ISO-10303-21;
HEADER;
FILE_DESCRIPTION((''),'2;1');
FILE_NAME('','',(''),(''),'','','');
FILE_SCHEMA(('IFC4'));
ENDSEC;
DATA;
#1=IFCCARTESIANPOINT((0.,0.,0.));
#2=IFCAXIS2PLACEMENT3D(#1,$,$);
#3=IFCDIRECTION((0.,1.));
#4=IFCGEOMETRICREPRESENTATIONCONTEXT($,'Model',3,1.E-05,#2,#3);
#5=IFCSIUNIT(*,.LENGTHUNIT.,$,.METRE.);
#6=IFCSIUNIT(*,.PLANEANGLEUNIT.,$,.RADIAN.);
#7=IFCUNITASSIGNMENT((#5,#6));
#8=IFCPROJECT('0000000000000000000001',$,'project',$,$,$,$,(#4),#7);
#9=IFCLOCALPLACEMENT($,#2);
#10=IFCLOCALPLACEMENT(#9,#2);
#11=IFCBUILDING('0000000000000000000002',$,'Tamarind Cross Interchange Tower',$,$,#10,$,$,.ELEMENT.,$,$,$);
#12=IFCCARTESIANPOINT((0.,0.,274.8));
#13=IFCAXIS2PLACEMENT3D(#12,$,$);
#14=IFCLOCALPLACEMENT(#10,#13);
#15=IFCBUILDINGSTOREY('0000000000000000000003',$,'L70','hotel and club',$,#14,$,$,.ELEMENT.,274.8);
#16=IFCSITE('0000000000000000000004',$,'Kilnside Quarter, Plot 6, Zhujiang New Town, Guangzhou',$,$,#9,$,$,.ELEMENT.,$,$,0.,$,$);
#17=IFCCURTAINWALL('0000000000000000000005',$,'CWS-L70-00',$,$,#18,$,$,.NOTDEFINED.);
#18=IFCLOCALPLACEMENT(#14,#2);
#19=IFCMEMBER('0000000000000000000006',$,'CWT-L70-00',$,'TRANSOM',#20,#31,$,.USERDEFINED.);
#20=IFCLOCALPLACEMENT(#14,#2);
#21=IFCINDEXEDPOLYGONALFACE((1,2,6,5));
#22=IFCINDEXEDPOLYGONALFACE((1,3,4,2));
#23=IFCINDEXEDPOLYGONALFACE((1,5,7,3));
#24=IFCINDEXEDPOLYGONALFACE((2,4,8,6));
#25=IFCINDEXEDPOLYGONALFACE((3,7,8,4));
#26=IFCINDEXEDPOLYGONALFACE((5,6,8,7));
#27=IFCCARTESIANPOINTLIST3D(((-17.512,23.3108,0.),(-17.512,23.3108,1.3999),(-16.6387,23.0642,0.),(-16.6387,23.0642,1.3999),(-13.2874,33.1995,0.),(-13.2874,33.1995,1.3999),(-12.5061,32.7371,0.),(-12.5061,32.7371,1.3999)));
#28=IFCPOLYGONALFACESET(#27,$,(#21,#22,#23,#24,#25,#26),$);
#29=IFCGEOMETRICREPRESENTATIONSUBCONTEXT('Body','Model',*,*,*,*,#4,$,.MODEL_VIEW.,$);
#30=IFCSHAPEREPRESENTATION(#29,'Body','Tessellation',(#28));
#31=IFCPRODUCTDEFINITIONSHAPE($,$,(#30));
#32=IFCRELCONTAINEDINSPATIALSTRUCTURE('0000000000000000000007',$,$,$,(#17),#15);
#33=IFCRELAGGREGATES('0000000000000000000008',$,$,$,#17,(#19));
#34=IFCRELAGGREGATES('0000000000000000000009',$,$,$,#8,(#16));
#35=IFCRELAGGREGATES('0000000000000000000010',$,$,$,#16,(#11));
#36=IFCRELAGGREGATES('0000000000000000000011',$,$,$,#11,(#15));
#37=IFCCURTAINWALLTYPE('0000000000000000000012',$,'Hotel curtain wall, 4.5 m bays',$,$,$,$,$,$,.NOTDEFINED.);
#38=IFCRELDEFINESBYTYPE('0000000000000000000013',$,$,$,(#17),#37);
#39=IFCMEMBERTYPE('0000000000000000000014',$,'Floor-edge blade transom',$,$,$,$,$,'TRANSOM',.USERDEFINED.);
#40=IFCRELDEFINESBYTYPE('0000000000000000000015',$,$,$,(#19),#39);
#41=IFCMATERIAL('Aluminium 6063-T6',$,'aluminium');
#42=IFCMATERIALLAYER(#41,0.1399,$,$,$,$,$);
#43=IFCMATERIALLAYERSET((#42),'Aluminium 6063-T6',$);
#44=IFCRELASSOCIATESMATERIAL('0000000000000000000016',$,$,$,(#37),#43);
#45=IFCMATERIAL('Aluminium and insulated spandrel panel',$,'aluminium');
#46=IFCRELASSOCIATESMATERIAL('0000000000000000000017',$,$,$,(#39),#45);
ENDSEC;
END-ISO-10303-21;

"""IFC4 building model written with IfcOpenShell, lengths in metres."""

from ifc_helpers import new_model, si_unit, direction, frame, origin, place, context, subcontext, project, spatial, polyline, outline, extrude, material, layer, layer_set, type_object, element, aggregate, save


model = new_model("IFC4")

# Units and contexts
model_context = context("Model", 3, precision=1e-05, world=origin(), true_north=direction((0.0, 1.0)))
body_context = subcontext(model_context, "Body", "Model", "MODEL_VIEW")
ifc_project = project(units=[si_unit("LENGTHUNIT", "METRE"), si_unit("PLANEANGLEUNIT", "RADIAN")], contexts=[model_context])

# Site, building, storey
site_placement = place(None, origin())
site = spatial("IfcSite", under=ifc_project, at=site_placement, Name="Kilnside Quarter, Plot 6, Zhujiang New Town, Guangzhou", CompositionType="ELEMENT", RefElevation=0.0)
building_placement = place(site_placement, origin())
building = spatial("IfcBuilding", under=site, at=building_placement, Name="Tamarind Cross Interchange Tower", CompositionType="ELEMENT")
storey_placement = place(building_placement, frame((0.0, 0.0, 274.8)))
storey = spatial("IfcBuildingStorey", under=building, at=storey_placement, Name="L70", Description="hotel and club", CompositionType="ELEMENT", Elevation=274.8)

# Curtain wall, member
ifc_material_1 = material(Name="Aluminium 6063-T6", Category="aluminium")
ifc_layer_1 = layer(ifc_material_1, 0.1399)
ifc_layer_set_1 = layer_set([ifc_layer_1], Name="Aluminium 6063-T6")
curtain_wall_type = type_object("IfcCurtainWallType", Name="Hotel curtain wall, 4.5 m bays", PredefinedType="NOTDEFINED", material=ifc_layer_set_1)
curtain_wall_1_placement = place(storey_placement, origin())
curtain_wall_1 = element("IfcCurtainWall", 1, at=curtain_wall_1_placement, inside=storey, type_object=curtain_wall_type, Name="CWS-L70-00", PredefinedType="NOTDEFINED")
ifc_material_2 = material(Name="Aluminium and insulated spandrel panel", Category="aluminium")
member_type = type_object("IfcMemberType", Name="Floor-edge blade transom", ElementType="TRANSOM", PredefinedType="USERDEFINED", material=ifc_material_2)
member_placement = place(storey_placement, origin())
member = element("IfcMember", 2, at=member_placement, type_object=member_type, Name="CWT-L70-00", ObjectType="TRANSOM", PredefinedType="USERDEFINED", context=body_context, shape_type="SweptSolid", body=[
    extrude(outline(polyline([(-12.5061, 32.7371), (-16.6387, 23.0642), (-17.512, 23.3108), (-13.2874, 33.1995), (-12.5061, 32.7371)])), origin(), (0.0, 0.0, 1.0), 1.3999),
])

aggregate(curtain_wall_1, [member])

save(model, "model.ifc")
